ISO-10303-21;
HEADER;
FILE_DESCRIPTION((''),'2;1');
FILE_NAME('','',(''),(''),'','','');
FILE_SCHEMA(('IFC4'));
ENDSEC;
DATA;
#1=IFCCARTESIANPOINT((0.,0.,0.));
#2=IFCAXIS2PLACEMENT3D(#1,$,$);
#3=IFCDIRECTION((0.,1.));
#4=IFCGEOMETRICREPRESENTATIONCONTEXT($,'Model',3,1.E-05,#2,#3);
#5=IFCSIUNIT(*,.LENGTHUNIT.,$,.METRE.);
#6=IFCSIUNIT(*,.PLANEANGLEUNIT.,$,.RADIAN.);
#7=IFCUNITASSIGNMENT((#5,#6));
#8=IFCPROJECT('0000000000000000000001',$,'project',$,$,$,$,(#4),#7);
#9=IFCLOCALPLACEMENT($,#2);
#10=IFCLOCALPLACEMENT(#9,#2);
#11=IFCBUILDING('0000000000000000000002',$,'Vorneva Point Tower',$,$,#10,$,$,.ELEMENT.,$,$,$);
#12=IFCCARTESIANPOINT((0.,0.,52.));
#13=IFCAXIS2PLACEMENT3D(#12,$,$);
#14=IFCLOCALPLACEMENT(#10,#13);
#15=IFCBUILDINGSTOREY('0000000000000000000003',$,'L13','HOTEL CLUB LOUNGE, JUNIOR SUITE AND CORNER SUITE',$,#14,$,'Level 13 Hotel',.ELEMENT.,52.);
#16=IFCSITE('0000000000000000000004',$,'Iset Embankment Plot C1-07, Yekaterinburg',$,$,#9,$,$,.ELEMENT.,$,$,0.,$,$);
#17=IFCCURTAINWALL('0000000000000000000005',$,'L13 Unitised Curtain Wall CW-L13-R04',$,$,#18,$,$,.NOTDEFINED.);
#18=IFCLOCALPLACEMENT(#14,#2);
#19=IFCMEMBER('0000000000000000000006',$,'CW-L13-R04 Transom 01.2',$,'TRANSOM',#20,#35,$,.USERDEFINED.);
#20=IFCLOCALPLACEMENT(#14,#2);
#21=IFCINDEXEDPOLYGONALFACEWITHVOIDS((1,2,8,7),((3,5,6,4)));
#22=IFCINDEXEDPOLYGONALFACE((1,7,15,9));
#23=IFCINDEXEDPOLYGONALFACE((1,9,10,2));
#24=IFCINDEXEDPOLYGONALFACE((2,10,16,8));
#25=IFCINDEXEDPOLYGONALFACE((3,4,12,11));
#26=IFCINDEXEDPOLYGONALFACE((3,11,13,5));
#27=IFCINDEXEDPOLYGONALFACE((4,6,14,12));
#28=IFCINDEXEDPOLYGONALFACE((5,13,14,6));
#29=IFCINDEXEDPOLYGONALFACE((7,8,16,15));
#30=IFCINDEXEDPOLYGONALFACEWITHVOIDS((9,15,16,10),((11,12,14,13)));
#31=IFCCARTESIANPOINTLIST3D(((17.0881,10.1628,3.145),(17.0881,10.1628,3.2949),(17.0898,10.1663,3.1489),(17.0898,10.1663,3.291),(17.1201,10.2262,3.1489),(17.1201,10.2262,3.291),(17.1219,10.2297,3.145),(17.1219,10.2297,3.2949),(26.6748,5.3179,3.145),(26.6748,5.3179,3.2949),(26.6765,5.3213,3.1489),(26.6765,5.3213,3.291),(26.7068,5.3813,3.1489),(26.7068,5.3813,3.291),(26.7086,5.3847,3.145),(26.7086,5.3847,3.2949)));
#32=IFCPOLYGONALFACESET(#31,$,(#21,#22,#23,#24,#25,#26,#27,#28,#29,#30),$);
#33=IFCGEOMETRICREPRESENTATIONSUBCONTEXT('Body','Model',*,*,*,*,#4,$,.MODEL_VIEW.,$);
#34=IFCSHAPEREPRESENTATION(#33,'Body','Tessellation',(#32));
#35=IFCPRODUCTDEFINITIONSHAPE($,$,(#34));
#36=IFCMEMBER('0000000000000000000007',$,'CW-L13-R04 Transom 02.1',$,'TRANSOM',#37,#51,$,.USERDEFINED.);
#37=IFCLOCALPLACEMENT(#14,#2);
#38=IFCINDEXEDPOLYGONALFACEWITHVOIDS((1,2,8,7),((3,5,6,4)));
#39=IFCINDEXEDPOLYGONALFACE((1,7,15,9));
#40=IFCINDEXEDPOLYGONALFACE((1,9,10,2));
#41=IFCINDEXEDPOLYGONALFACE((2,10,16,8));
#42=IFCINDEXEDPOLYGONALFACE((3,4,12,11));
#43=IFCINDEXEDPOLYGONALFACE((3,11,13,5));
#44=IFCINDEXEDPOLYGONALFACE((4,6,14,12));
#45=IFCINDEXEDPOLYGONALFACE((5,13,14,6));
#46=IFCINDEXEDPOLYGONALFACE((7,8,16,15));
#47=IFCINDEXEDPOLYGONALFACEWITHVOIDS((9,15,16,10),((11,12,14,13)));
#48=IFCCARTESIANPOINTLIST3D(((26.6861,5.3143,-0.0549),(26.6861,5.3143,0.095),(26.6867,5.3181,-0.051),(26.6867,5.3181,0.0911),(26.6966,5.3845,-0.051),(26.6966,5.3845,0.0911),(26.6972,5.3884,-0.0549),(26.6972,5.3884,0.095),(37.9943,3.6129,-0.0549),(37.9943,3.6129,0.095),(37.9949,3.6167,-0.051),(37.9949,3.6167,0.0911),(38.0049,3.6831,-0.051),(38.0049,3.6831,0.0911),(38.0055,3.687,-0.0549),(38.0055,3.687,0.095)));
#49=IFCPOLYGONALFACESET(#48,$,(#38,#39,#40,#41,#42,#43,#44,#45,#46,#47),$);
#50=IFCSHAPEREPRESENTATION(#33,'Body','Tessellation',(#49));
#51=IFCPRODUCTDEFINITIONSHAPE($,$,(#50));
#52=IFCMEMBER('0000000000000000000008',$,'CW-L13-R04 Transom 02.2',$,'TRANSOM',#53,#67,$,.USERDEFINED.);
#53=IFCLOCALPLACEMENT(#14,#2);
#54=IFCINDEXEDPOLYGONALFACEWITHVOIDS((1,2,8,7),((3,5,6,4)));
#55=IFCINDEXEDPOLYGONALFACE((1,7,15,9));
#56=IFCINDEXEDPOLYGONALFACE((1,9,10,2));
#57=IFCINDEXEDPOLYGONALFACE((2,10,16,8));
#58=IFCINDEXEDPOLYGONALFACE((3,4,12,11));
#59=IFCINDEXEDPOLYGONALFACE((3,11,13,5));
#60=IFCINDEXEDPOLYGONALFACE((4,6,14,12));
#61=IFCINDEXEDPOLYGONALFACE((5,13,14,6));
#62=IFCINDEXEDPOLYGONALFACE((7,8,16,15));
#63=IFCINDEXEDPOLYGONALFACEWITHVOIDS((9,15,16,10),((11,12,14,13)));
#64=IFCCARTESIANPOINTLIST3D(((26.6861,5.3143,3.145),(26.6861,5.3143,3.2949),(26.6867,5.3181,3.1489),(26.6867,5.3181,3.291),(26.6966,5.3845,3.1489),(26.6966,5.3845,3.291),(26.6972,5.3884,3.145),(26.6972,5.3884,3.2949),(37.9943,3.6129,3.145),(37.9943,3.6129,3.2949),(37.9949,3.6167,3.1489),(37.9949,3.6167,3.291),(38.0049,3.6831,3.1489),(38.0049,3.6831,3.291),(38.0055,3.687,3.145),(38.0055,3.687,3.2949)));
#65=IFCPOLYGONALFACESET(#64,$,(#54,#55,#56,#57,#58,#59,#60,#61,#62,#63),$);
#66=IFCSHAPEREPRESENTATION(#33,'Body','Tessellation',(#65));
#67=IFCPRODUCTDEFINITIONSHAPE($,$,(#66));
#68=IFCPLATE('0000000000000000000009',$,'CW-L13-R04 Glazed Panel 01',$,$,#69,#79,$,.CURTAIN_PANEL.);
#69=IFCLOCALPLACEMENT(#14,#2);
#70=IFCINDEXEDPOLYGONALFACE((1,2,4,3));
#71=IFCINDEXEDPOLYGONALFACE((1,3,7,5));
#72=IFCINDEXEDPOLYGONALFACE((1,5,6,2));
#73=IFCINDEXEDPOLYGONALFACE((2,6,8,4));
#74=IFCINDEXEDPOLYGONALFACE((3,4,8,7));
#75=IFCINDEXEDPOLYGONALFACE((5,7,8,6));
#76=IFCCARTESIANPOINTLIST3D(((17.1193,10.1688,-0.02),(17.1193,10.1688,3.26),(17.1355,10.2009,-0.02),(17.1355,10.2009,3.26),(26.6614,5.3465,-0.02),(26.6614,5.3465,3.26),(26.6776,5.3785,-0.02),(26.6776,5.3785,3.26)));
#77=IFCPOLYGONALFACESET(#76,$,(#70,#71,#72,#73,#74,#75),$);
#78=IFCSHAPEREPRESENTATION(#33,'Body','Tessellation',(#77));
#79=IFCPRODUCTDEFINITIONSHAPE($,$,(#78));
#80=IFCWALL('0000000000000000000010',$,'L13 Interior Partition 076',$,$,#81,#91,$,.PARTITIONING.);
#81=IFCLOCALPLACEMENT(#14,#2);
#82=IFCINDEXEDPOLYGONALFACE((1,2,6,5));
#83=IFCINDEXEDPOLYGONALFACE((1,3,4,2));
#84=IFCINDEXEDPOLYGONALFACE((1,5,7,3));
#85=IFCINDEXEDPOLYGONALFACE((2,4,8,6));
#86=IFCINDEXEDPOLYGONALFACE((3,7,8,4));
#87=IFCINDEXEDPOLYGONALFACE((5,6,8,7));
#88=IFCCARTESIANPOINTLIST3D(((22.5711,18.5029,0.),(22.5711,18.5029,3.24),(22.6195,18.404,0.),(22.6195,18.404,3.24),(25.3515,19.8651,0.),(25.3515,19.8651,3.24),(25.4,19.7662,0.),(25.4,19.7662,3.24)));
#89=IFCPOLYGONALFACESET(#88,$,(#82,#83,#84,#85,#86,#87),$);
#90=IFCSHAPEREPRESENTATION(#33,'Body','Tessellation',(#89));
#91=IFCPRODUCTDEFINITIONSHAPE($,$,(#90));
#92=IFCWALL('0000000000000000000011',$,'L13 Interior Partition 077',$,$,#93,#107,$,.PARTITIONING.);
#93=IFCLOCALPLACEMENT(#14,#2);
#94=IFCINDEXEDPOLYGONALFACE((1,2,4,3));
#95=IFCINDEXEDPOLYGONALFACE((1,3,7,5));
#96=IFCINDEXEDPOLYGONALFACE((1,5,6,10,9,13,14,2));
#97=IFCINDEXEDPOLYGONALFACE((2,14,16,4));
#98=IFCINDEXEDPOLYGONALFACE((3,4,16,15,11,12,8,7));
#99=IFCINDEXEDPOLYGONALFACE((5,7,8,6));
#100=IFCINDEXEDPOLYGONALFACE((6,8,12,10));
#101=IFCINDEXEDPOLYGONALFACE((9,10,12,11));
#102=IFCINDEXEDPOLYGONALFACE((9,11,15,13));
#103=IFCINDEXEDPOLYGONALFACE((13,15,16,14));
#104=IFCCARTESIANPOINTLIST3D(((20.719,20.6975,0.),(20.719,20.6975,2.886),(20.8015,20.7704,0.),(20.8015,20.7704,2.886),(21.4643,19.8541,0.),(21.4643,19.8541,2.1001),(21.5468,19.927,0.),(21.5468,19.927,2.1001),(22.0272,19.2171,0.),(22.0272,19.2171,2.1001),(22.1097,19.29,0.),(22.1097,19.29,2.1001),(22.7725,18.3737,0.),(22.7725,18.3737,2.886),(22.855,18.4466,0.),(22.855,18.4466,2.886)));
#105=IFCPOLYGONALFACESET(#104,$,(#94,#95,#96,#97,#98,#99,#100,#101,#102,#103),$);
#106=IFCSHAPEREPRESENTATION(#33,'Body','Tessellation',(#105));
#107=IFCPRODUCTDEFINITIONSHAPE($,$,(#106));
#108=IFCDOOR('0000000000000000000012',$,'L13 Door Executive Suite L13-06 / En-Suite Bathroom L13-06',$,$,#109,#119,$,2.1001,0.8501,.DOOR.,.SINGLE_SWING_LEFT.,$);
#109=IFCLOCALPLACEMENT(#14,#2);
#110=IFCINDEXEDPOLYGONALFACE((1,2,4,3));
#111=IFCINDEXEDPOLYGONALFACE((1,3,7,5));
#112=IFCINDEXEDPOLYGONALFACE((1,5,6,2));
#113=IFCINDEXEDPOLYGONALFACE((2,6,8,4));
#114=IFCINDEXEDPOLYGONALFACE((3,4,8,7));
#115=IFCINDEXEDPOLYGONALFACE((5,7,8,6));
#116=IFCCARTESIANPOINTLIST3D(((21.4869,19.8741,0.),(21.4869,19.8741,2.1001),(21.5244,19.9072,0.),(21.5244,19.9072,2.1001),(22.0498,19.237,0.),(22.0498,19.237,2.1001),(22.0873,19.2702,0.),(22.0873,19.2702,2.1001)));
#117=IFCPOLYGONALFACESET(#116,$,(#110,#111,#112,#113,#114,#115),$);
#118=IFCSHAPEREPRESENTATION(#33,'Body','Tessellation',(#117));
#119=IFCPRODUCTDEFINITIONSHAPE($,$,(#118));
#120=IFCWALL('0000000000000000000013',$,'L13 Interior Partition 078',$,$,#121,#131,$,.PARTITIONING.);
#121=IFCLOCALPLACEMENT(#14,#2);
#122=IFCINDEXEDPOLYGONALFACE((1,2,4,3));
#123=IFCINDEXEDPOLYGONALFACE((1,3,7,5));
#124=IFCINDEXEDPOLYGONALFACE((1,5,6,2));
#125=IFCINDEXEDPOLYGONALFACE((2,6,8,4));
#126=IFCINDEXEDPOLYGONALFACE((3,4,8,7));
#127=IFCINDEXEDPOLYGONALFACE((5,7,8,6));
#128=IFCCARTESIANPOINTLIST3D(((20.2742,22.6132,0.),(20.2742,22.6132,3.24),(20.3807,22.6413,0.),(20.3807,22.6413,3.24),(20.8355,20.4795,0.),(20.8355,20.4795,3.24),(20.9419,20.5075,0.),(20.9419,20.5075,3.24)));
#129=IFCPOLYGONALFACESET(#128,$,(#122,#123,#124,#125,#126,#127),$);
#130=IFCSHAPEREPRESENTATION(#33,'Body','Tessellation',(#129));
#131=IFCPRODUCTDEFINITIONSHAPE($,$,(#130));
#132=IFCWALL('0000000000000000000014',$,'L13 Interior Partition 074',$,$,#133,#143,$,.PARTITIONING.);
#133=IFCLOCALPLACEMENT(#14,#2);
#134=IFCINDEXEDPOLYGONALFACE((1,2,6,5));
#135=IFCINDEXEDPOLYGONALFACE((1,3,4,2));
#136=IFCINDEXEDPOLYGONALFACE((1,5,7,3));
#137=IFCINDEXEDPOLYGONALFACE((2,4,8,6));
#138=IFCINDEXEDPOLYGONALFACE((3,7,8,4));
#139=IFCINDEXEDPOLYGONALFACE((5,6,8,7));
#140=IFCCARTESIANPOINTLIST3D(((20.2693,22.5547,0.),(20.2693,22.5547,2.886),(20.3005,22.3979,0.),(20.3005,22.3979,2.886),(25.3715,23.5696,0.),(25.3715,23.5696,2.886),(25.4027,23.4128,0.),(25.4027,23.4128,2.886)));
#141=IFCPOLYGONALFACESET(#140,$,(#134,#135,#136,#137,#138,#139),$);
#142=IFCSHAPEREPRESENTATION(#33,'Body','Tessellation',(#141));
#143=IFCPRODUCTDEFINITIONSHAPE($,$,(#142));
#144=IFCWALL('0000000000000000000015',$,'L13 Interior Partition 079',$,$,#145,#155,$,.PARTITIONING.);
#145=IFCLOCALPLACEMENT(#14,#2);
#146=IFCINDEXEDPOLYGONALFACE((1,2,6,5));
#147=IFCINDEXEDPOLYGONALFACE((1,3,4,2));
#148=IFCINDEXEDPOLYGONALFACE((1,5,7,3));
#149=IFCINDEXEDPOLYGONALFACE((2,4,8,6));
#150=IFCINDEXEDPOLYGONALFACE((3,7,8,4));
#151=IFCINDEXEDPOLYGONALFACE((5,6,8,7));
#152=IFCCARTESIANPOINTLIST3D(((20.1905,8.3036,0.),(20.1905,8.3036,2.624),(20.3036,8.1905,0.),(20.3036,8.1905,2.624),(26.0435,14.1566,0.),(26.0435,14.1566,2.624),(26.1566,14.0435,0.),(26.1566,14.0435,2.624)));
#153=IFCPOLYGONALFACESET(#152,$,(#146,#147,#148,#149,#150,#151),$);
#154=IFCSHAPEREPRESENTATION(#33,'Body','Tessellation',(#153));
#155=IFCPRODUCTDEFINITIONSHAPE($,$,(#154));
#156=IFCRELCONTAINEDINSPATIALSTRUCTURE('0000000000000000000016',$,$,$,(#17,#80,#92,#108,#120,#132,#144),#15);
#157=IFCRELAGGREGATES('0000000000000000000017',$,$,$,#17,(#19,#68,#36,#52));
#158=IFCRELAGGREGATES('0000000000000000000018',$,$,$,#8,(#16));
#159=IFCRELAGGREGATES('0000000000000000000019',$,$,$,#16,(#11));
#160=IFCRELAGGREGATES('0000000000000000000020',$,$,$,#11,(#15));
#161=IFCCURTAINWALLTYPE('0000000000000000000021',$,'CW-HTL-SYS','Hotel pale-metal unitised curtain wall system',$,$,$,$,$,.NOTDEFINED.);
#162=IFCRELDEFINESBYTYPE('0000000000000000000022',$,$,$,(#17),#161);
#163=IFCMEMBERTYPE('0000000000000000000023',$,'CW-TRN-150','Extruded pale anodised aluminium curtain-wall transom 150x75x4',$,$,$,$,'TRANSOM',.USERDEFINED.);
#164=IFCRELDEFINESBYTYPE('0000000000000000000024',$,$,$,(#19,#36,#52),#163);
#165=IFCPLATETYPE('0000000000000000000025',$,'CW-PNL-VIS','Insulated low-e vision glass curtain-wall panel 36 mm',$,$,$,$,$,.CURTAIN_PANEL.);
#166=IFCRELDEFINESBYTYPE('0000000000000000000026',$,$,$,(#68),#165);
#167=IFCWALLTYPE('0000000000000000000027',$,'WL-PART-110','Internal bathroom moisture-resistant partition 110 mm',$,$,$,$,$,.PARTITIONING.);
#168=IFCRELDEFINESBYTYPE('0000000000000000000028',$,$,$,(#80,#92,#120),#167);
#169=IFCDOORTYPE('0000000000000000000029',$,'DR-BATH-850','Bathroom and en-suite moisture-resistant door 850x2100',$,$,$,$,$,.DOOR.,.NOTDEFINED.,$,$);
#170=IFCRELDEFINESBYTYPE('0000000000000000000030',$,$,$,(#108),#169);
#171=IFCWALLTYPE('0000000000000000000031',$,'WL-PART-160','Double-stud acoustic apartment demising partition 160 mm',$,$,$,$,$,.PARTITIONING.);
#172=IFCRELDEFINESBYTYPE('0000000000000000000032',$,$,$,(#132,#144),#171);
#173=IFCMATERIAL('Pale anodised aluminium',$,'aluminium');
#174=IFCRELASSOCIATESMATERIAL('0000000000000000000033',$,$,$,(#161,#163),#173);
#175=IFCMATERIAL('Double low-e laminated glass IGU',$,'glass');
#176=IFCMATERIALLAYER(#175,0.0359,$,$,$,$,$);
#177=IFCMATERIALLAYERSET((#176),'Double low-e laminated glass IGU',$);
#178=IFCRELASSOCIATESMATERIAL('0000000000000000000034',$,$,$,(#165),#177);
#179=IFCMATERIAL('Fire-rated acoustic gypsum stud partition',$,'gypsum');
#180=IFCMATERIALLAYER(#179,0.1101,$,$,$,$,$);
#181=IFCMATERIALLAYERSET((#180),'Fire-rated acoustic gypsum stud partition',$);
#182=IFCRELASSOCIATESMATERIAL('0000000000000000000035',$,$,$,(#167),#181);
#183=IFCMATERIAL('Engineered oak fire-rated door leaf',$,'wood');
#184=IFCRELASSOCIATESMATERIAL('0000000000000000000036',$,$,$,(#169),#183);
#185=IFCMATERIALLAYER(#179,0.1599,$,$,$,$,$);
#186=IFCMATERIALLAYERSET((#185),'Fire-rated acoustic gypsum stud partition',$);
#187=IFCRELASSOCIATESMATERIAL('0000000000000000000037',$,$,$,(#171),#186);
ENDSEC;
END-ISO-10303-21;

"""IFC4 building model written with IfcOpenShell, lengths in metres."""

from ifc_helpers import new_model, si_unit, direction, frame, frame_2d, origin, origin_2d, place, context, subcontext, project, spatial, rectangle, hollow_rectangle, extrude, material, layer, layer_set, material_profile, profile_set, type_object, element, fill, aggregate, save


model = new_model("IFC4")

# Units and contexts
model_context = context("Model", 3, precision=1e-05, world=origin(), true_north=direction((0.0, 1.0)))
body_context = subcontext(model_context, "Body", "Model", "MODEL_VIEW")
ifc_project = project(units=[si_unit("LENGTHUNIT", "METRE"), si_unit("PLANEANGLEUNIT", "RADIAN")], contexts=[model_context])

# Site, building, storey
site_placement = place(None, origin())
site = spatial("IfcSite", under=ifc_project, at=site_placement, Name="Iset Embankment Plot C1-07, Yekaterinburg", CompositionType="ELEMENT", RefElevation=0.0)
building_placement = place(site_placement, origin())
building = spatial("IfcBuilding", under=site, at=building_placement, Name="Vorneva Point Tower", CompositionType="ELEMENT")
storey_placement = place(building_placement, frame((0.0, 0.0, 52.0)))
storey = spatial("IfcBuildingStorey", under=building, at=storey_placement, Name="L13", Description="HOTEL CLUB LOUNGE, JUNIOR SUITE AND CORNER SUITE", LongName="Level 13 Hotel", CompositionType="ELEMENT", Elevation=52.0)

# Curtain wall, members, plate
ifc_material_1 = material(Name="Pale anodised aluminium", Category="aluminium")
curtain_wall_type = type_object("IfcCurtainWallType", Name="CW-HTL-SYS", Description="Hotel pale-metal unitised curtain wall system", PredefinedType="NOTDEFINED", material=ifc_material_1)
curtain_wall_placement = place(storey_placement, origin())
curtain_wall = element("IfcCurtainWall", 1, at=curtain_wall_placement, inside=storey, type_object=curtain_wall_type, Name="L13 Unitised Curtain Wall CW-L13-R04", PredefinedType="NOTDEFINED")
ifc_material_profile_1 = material_profile(ifc_material_1, hollow_rectangle(XDim=0.075, YDim=0.1499, WallThickness=0.0039, at=origin_2d()), Name="AL-TRN 150x75x4")
ifc_profile_set_1 = profile_set([ifc_material_profile_1], Name="Pale anodised aluminium")
member_type_1 = type_object("IfcMemberType", Name="CW-TRN-150", Description="Extruded pale anodised aluminium curtain-wall transom 150x75x4", ElementType="TRANSOM", PredefinedType="USERDEFINED", material=ifc_profile_set_1)
member_1_placement = place(storey_placement, frame((17.105, 10.1963, 3.22), z_axis=(0.892496, -0.451055, 0.0), x_axis=(0.451055, 0.892496, 0.0)))
member_1 = element("IfcMember", 2, at=member_1_placement, type_object=member_type_1, Name="CW-L13-R04 Transom 01.2", ObjectType="TRANSOM", PredefinedType="USERDEFINED", context=body_context, shape_type="SweptSolid", body=[
    extrude(hollow_rectangle(XDim=0.075, YDim=0.1499, WallThickness=0.0039, at=origin_2d()), origin(), (0.0, 0.0, 1.0), 10.7415),
])
member_2_placement = place(storey_placement, frame((26.6917, 5.3513, 0.02), z_axis=(0.98887, -0.148782, 0.0), x_axis=(0.148782, 0.98887, 0.0)))
member_2 = element("IfcMember", 3, at=member_2_placement, type_object=member_type_1, Name="CW-L13-R04 Transom 02.1", ObjectType="TRANSOM", PredefinedType="USERDEFINED", context=body_context, shape_type="SweptSolid", body=[
    extrude(hollow_rectangle(XDim=0.075, YDim=0.1499, WallThickness=0.0039, at=origin_2d()), origin(), (0.0, 0.0, 1.0), 11.4355),
])
member_3_placement = place(storey_placement, frame((26.6917, 5.3513, 3.22), z_axis=(0.98887, -0.148782, 0.0), x_axis=(0.148782, 0.98887, 0.0)))
member_3 = element("IfcMember", 4, at=member_3_placement, type_object=member_type_1, Name="CW-L13-R04 Transom 02.2", ObjectType="TRANSOM", PredefinedType="USERDEFINED", context=body_context, shape_type="SweptSolid", body=[
    extrude(hollow_rectangle(XDim=0.075, YDim=0.1499, WallThickness=0.0039, at=origin_2d()), origin(), (0.0, 0.0, 1.0), 11.4355),
])
ifc_material_2 = material(Name="Double low-e laminated glass IGU", Category="glass")
ifc_layer_1 = layer(ifc_material_2, 0.0359)
ifc_layer_set_1 = layer_set([ifc_layer_1], Name="Double low-e laminated glass IGU")
plate_type = type_object("IfcPlateType", Name="CW-PNL-VIS", Description="Insulated low-e vision glass curtain-wall panel 36 mm", PredefinedType="CURTAIN_PANEL", material=ifc_layer_set_1)
plate_placement = place(storey_placement, frame((21.8984, 7.7737, -0.02), z_axis=(0.0, 0.0, 1.0), x_axis=(0.892499, -0.451049, 0.0)))
plate = element("IfcPlate", 5, at=plate_placement, type_object=plate_type, Name="CW-L13-R04 Glazed Panel 01", PredefinedType="CURTAIN_PANEL", context=body_context, shape_type="SweptSolid", body=[
    extrude(rectangle(XDim=10.6914, YDim=0.0359, at=origin_2d()), origin(), (0.0, 0.0, 1.0), 3.28),
])
aggregate(curtain_wall, [member_1, plate, member_2, member_3])

# Wall
ifc_material_3 = material(Name="Fire-rated acoustic gypsum stud partition", Category="gypsum")
ifc_layer_2 = layer(ifc_material_3, 0.1101)
ifc_layer_set_2 = layer_set([ifc_layer_2], Name="Fire-rated acoustic gypsum stud partition")
wall_type_1 = type_object("IfcWallType", Name="WL-PART-110", Description="Internal bathroom moisture-resistant partition 110 mm", PredefinedType="PARTITIONING", material=ifc_layer_set_2)
wall_1_placement = place(storey_placement, frame((25.3757, 19.8157, 0.0), z_axis=(0.0, 0.0, 1.0), x_axis=(-0.898009, -0.439976, 0.0)))
element("IfcWall", 6, at=wall_1_placement, inside=storey, type_object=wall_type_1, Name="L13 Interior Partition 076", PredefinedType="PARTITIONING", context=body_context, shape_type="SweptSolid", body=[
    extrude(rectangle(XDim=3.0962, YDim=0.1101, at=frame_2d((1.5481, 0.0))), origin(), (0.0, 0.0, 1.0), 3.24),
])

# Wall, opening, door
wall_2_placement = place(storey_placement, frame((22.8137, 18.4102, 0.0), z_axis=(0.0, 0.0, 1.0), x_axis=(-0.662186, 0.749339, 0.0)))
wall_2 = element("IfcWall", 7, at=wall_2_placement, inside=storey, type_object=wall_type_1, Name="L13 Interior Partition 077", PredefinedType="PARTITIONING", context=body_context, shape_type="SweptSolid", body=[
    extrude(rectangle(XDim=3.1011, YDim=0.1101, at=frame_2d((1.5505, 0.0))), origin(), (0.0, 0.0, 1.0), 2.886),
])
opening_1_placement = place(wall_2_placement, frame((1.1255, 0.0, 0.0)))
opening_1 = element("IfcOpeningElement", 8, at=opening_1_placement, cuts=wall_2, PredefinedType="OPENING", context=body_context, shape_type="SweptSolid", body=[
    extrude(rectangle(XDim=0.8501, YDim=2.1001, at=frame_2d((0.425, 1.05))), frame((0.0, 0.0698, 0.0), z_axis=(0.0, -1.0, 0.0), x_axis=(1.0, 0.0, 0.0)), (0.0, 0.0, 1.0), 0.1399),
])
ifc_material_4 = material(Name="Engineered oak fire-rated door leaf", Category="wood")
door_type_1 = type_object("IfcDoorType", Name="DR-BATH-850", Description="Bathroom and en-suite moisture-resistant door 850x2100", OperationType="NOTDEFINED", PredefinedType="DOOR", material=ifc_material_4)
door_1_placement = place(opening_1_placement, origin())
door_1 = element("IfcDoor", 9, at=door_1_placement, inside=storey, type_object=door_type_1, Name="L13 Door Executive Suite L13-06 / En-Suite Bathroom L13-06", OperationType="SINGLE_SWING_LEFT", OverallHeight=2.1001, OverallWidth=0.8501, PredefinedType="DOOR", context=body_context, shape_type="SweptSolid", body=[
    extrude(rectangle(XDim=0.8501, YDim=2.1001, at=frame_2d((0.425, 1.05))), frame((0.0, 0.0249, 0.0), z_axis=(0.0, -1.0, 0.0), x_axis=(1.0, 0.0, 0.0)), (0.0, 0.0, 1.0), 0.05),
])
fill(opening_1, door_1)

# Walls
wall_3_placement = place(storey_placement, frame((20.8887, 20.4937, 0.0), z_axis=(0.0, 0.0, 1.0), x_axis=(-0.25439, 0.967102, 0.0)))
element("IfcWall", 10, at=wall_3_placement, inside=storey, type_object=wall_type_1, Name="L13 Interior Partition 078", PredefinedType="PARTITIONING", context=body_context, shape_type="SweptSolid", body=[
    extrude(rectangle(XDim=2.2063, YDim=0.1101, at=frame_2d((1.103, 0.0))), origin(), (0.0, 0.0, 1.0), 3.24),
])
ifc_layer_3 = layer(ifc_material_3, 0.1599)
ifc_layer_set_3 = layer_set([ifc_layer_3], Name="Fire-rated acoustic gypsum stud partition")
wall_type_2 = type_object("IfcWallType", Name="WL-PART-160", Description="Double-stud acoustic apartment demising partition 160 mm", PredefinedType="PARTITIONING", material=ifc_layer_set_3)
wall_4_placement = place(storey_placement, frame((20.2849, 22.4763, 0.0), z_axis=(0.0, 0.0, 1.0), x_axis=(0.980786, 0.195087, 0.0)))
element("IfcWall", 11, at=wall_4_placement, inside=storey, type_object=wall_type_2, Name="L13 Interior Partition 074", PredefinedType="PARTITIONING", context=body_context, shape_type="SweptSolid", body=[
    extrude(rectangle(XDim=5.2021, YDim=0.1599, at=frame_2d((2.6011, 0.0))), origin(), (0.0, 0.0, 1.0), 2.886),
])
wall_5_placement = place(storey_placement, frame((20.2471, 8.2471, 0.0), z_axis=(0.0, 0.0, 1.0), x_axis=(0.707107, 0.707107, 0.0)))
element("IfcWall", 12, at=wall_5_placement, inside=storey, type_object=wall_type_2, Name="L13 Interior Partition 079", PredefinedType="PARTITIONING", context=body_context, shape_type="SweptSolid", body=[
    extrude(rectangle(XDim=8.2773, YDim=0.1599, at=frame_2d((4.1387, 0.0))), origin(), (0.0, 0.0, 1.0), 2.624),
])

save(model, "model.ifc")
